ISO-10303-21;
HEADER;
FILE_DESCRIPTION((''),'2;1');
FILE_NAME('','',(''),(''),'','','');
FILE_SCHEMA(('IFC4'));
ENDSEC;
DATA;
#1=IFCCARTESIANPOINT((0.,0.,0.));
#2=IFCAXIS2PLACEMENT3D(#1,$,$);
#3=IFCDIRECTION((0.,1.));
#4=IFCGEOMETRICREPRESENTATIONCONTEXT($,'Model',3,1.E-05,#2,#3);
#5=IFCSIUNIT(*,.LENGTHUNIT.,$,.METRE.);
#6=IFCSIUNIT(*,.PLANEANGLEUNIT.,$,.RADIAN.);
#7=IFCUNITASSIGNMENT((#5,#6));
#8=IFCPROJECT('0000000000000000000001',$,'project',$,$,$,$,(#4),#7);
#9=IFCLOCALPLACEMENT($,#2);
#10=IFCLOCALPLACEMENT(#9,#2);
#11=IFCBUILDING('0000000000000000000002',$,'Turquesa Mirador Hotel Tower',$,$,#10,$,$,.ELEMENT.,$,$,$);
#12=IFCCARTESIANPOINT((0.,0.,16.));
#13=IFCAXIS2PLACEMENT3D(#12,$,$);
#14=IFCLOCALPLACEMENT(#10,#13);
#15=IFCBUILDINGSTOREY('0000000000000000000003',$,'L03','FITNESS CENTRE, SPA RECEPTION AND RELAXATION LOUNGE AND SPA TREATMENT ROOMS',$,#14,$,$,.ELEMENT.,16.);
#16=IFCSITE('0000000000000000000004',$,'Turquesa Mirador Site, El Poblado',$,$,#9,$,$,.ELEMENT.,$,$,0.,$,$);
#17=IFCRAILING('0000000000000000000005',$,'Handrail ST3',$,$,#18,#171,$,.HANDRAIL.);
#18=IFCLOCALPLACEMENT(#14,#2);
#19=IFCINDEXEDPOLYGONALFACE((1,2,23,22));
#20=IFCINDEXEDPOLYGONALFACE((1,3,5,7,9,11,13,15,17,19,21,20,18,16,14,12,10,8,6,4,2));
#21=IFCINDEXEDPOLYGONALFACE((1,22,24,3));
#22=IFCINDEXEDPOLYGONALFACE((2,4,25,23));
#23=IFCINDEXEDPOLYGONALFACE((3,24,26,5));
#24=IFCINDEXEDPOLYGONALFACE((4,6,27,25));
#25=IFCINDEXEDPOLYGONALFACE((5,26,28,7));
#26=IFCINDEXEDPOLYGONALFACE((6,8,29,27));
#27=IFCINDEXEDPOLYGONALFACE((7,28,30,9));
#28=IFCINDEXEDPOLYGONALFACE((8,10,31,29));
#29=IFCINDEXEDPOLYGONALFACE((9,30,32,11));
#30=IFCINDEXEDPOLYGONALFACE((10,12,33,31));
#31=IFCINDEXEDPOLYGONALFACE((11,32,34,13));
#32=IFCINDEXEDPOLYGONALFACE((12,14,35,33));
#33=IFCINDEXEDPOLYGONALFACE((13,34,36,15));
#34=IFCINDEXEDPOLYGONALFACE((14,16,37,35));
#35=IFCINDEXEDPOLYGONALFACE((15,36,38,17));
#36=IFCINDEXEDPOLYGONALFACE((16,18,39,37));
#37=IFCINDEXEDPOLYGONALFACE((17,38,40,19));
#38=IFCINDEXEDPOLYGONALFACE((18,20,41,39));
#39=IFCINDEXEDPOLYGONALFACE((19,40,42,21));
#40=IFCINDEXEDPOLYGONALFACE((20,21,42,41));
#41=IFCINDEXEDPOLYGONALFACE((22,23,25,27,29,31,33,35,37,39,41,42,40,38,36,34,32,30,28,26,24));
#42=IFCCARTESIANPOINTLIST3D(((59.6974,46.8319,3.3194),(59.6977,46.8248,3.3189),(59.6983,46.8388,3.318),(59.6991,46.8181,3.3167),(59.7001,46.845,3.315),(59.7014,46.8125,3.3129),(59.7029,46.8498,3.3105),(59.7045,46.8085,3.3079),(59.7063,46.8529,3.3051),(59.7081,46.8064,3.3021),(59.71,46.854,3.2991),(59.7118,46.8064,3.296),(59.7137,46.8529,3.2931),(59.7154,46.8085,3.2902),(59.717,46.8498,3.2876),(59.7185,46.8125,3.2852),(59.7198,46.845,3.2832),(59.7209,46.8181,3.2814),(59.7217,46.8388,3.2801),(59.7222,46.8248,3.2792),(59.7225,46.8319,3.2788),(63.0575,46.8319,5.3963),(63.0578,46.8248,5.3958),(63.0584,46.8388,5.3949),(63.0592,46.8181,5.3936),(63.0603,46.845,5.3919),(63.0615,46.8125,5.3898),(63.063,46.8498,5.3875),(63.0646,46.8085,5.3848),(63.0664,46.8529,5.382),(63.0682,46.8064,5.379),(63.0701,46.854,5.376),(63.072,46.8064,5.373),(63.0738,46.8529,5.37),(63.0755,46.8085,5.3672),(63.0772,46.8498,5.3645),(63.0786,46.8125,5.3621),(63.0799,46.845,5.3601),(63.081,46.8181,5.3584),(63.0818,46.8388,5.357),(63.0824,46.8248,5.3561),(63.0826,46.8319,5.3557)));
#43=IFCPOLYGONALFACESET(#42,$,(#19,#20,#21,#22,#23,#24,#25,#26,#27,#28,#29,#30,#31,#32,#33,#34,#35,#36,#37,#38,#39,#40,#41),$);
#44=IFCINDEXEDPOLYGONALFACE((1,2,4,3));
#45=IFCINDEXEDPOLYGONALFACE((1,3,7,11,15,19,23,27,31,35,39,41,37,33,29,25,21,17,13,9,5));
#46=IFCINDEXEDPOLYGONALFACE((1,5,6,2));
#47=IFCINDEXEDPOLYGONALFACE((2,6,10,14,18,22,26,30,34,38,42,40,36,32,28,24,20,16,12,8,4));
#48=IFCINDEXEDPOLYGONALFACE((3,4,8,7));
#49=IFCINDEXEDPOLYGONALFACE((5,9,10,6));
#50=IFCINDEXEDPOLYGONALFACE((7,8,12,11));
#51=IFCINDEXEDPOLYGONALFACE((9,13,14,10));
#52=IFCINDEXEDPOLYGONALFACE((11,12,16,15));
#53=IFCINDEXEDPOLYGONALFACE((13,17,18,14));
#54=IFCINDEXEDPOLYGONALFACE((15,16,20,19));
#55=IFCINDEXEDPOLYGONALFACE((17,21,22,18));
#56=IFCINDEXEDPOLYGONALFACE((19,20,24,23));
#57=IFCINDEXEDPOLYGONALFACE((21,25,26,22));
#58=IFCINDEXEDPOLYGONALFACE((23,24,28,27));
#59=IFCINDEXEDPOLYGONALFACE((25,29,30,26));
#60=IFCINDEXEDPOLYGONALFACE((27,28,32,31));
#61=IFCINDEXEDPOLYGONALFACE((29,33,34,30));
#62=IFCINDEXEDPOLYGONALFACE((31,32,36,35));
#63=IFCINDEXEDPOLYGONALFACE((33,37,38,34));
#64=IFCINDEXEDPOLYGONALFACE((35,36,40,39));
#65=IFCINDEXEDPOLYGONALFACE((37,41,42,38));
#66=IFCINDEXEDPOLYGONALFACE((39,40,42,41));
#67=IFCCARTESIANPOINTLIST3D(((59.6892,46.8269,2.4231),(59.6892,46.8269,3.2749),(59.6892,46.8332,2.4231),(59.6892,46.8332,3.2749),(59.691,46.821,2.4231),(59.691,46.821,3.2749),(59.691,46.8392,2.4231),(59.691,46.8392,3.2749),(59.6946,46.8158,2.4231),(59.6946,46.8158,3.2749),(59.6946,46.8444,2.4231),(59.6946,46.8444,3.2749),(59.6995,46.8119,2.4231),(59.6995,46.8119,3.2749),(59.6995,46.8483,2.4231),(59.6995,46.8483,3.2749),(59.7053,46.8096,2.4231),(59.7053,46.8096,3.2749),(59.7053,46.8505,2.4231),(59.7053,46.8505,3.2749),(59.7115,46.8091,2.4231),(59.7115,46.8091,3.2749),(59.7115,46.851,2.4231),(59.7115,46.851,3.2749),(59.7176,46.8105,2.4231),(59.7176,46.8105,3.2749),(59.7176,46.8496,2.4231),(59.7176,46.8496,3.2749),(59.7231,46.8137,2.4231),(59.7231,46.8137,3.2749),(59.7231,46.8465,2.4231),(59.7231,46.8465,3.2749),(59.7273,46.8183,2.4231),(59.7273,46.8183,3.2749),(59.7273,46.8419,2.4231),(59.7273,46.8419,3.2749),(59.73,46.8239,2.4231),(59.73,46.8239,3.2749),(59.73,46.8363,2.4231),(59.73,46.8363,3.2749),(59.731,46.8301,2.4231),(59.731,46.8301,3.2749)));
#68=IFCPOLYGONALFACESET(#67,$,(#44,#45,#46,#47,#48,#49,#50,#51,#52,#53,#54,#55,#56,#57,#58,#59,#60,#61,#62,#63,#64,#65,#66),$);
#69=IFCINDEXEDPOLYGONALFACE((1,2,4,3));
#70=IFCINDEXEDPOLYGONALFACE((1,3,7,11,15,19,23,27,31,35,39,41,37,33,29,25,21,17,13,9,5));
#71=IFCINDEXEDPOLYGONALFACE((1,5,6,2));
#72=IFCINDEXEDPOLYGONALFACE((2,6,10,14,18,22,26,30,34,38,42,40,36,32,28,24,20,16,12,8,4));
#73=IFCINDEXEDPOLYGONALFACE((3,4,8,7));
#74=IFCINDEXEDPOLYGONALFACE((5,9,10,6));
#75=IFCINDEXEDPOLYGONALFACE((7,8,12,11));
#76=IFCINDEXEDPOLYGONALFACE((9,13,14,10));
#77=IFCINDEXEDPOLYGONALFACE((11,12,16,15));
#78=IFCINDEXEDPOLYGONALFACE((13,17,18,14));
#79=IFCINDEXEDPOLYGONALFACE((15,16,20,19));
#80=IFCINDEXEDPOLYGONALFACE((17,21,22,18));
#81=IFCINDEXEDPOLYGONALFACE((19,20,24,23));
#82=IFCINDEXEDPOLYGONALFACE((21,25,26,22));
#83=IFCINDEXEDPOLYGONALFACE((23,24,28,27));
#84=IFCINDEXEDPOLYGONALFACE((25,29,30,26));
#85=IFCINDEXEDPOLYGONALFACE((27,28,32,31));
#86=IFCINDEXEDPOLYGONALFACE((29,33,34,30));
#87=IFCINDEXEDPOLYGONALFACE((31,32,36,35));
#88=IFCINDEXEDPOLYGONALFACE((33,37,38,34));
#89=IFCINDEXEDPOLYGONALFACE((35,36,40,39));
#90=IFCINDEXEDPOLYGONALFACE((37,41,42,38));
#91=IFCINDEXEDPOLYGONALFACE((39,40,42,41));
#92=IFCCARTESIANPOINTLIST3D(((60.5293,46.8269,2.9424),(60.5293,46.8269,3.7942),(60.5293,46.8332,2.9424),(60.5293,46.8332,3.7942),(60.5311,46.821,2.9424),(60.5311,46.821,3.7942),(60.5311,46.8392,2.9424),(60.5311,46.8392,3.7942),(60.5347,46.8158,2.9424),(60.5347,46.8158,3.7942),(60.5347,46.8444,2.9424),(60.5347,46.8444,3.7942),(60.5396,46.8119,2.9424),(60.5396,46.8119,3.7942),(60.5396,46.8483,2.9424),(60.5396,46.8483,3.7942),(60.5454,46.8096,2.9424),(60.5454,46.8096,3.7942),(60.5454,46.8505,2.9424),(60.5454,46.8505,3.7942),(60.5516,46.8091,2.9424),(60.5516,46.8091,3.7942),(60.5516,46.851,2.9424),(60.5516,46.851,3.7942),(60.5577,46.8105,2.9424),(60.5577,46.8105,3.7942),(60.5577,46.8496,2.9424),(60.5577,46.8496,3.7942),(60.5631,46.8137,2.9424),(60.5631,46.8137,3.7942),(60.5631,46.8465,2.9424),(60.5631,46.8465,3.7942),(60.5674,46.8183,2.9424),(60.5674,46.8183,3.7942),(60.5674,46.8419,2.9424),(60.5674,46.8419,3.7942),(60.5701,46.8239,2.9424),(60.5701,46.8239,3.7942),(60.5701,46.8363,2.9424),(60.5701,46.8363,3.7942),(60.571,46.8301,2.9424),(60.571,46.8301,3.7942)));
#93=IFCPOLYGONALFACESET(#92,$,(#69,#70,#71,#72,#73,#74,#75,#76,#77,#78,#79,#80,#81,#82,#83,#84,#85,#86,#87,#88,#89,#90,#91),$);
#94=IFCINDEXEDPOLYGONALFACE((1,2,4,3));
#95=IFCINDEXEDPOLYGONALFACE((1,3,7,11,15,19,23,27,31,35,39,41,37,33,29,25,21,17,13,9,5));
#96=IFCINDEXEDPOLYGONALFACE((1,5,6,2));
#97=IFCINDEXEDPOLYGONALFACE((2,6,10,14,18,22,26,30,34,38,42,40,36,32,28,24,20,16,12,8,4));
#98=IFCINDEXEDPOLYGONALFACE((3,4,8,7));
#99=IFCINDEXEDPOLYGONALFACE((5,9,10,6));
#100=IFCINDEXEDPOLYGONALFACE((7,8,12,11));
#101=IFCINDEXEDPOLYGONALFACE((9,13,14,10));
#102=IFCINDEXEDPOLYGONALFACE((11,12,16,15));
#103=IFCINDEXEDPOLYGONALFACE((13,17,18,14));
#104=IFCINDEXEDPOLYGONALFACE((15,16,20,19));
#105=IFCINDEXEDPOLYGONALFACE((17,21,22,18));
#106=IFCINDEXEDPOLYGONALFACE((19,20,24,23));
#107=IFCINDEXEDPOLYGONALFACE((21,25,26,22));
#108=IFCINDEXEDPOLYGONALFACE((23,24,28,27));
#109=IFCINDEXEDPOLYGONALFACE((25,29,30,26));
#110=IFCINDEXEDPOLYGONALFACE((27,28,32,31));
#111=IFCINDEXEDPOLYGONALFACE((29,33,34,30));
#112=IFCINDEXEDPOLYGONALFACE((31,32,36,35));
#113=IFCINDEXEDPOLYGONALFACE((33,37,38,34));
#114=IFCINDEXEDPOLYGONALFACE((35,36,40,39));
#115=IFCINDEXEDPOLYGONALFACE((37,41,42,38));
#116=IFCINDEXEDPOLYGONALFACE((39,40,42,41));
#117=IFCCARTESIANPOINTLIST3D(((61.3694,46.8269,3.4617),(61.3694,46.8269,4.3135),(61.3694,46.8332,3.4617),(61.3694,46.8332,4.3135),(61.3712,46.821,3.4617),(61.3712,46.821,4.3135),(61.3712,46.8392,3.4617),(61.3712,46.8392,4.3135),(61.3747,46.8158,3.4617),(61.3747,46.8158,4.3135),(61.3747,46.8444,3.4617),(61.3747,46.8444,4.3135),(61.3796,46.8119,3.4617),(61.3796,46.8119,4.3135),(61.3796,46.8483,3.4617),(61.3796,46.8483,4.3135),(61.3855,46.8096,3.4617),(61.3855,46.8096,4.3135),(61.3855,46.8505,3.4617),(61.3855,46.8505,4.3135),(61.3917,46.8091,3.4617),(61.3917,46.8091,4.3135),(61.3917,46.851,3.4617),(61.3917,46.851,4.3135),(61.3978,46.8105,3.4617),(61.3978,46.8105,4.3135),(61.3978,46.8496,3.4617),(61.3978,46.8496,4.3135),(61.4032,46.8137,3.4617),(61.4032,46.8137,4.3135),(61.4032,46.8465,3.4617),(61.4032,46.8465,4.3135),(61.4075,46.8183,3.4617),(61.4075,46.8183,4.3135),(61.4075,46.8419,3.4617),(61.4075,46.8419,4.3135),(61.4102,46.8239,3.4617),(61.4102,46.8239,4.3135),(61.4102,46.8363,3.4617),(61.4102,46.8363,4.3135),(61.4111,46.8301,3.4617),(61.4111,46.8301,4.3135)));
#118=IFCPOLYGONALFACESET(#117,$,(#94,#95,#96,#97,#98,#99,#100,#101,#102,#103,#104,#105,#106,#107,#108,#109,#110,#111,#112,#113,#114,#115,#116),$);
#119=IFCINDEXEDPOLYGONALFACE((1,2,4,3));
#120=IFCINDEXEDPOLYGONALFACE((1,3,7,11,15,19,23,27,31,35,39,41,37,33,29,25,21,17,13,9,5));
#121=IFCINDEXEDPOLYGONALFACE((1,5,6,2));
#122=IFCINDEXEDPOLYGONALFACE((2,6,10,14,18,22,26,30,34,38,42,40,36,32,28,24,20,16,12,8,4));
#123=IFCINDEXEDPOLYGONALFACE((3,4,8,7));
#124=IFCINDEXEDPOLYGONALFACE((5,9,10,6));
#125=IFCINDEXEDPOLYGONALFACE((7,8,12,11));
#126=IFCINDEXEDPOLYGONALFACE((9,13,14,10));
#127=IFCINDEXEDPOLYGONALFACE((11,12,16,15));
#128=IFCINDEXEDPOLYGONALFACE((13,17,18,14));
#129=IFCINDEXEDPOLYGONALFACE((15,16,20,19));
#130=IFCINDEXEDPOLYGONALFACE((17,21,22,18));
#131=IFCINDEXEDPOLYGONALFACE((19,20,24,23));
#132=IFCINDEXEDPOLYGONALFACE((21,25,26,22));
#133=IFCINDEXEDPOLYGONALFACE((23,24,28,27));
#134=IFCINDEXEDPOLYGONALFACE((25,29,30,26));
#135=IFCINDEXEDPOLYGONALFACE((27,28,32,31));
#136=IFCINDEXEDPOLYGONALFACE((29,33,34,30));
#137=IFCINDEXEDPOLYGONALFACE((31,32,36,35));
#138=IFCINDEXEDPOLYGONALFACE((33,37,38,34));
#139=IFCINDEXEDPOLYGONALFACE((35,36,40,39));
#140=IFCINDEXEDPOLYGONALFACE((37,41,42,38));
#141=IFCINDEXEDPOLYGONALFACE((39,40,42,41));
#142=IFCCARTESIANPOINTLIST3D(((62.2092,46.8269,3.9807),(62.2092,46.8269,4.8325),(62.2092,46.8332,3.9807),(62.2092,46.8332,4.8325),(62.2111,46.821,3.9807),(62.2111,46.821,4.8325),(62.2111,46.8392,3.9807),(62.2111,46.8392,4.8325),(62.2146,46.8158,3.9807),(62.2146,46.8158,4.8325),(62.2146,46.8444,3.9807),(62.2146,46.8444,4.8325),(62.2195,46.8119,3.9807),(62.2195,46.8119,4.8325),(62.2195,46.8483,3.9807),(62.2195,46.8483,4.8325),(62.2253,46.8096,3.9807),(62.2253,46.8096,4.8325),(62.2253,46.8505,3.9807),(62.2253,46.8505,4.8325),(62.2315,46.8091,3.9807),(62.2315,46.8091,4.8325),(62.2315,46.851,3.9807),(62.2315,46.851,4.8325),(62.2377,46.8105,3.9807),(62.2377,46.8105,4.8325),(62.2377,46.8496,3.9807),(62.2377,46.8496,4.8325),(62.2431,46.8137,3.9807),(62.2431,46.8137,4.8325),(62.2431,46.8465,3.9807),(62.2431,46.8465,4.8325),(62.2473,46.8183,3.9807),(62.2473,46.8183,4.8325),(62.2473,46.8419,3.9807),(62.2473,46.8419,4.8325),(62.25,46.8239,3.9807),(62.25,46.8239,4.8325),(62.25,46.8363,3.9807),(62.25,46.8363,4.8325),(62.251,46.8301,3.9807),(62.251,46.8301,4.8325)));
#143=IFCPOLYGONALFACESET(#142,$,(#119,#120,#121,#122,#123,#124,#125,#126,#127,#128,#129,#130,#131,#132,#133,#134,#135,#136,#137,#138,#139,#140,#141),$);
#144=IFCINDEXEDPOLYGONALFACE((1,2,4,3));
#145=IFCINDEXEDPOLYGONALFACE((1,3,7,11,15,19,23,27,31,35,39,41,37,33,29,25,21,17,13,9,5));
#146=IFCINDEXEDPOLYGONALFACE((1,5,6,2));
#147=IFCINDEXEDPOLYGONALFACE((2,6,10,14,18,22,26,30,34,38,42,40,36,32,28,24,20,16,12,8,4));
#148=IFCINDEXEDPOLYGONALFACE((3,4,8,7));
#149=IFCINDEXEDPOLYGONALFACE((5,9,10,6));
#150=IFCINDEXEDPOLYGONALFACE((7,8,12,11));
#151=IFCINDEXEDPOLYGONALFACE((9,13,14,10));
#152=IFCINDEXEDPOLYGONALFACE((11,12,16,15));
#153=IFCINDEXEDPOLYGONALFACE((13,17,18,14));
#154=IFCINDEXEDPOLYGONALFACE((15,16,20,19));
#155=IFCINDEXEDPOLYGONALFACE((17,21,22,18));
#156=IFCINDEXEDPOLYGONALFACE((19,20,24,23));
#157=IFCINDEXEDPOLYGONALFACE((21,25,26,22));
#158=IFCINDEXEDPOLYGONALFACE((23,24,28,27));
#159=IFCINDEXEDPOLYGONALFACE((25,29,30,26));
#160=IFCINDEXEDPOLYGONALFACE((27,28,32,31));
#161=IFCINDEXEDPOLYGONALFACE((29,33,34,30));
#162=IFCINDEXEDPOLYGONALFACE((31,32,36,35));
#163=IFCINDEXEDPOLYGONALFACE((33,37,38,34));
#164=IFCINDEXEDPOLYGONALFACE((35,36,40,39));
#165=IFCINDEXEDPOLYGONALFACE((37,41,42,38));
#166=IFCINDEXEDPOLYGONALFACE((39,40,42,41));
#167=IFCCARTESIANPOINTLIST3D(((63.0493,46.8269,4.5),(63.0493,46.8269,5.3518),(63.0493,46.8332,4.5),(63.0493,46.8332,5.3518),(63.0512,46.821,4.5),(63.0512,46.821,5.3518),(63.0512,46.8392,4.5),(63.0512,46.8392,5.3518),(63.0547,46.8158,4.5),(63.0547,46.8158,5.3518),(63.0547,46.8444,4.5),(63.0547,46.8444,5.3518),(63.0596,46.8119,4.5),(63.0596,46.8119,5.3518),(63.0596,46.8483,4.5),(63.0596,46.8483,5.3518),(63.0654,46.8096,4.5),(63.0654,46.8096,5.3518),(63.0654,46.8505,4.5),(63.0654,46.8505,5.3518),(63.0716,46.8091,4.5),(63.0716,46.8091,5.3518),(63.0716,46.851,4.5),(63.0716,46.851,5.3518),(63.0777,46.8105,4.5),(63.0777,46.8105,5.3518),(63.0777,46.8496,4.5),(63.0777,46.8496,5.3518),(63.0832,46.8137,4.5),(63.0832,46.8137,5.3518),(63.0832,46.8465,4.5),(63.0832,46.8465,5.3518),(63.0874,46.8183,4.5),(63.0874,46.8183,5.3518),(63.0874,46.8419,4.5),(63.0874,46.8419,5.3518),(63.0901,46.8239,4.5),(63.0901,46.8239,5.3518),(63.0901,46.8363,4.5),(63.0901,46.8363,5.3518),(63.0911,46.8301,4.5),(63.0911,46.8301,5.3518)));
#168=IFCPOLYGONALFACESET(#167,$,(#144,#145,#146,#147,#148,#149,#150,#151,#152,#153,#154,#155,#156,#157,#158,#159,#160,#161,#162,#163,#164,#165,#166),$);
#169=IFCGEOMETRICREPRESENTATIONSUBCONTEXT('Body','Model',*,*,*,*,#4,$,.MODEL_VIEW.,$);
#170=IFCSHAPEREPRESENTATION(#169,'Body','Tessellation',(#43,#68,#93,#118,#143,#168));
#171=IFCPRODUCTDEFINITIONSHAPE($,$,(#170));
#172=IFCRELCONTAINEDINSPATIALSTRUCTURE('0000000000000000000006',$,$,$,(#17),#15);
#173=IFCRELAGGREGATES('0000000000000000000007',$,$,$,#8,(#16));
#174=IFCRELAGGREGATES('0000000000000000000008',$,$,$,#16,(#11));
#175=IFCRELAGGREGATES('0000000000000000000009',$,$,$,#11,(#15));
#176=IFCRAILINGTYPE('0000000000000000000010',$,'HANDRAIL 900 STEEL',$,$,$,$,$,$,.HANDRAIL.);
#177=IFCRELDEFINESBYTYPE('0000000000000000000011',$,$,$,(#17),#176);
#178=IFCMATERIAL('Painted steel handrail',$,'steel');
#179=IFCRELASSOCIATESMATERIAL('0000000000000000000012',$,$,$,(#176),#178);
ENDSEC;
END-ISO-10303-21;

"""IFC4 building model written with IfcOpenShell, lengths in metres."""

from ifc_helpers import new_model, si_unit, direction, frame, origin, origin_2d, place, context, subcontext, project, spatial, circle, extrude, material, type_object, element, save


model = new_model("IFC4")

# Units and contexts
model_context = context("Model", 3, precision=1e-05, world=origin(), true_north=direction((0.0, 1.0)))
body_context = subcontext(model_context, "Body", "Model", "MODEL_VIEW")
ifc_project = project(units=[si_unit("LENGTHUNIT", "METRE"), si_unit("PLANEANGLEUNIT", "RADIAN")], contexts=[model_context])

# Site, building, storey
site_placement = place(None, origin())
site = spatial("IfcSite", under=ifc_project, at=site_placement, Name="Turquesa Mirador Site, El Poblado", CompositionType="ELEMENT", RefElevation=0.0)
building_placement = place(site_placement, origin())
building = spatial("IfcBuilding", under=site, at=building_placement, Name="Turquesa Mirador Hotel Tower", CompositionType="ELEMENT")
storey_placement = place(building_placement, frame((0.0, 0.0, 16.0)))
storey = spatial("IfcBuildingStorey", under=building, at=storey_placement, Name="L03", Description="FITNESS CENTRE, SPA RECEPTION AND RELAXATION LOUNGE AND SPA TREATMENT ROOMS", CompositionType="ELEMENT", Elevation=16.0)

# Railing
ifc_material_1 = material(Name="Painted steel handrail", Category="steel")
railing_type = type_object("IfcRailingType", Name="HANDRAIL 900 STEEL", PredefinedType="HANDRAIL", material=ifc_material_1)
railing_placement = place(storey_placement, frame((59.71, 46.8301, 2.4231)))
element("IfcRailing", 1, at=railing_placement, inside=storey, type_object=railing_type, Name="Handrail ST3", PredefinedType="HANDRAIL", context=body_context, shape_type="SweptSolid", body=[
    extrude(circle(Radius=0.0239, at=origin_2d()), frame((0.0, 0.0, 0.876), z_axis=(0.850623, 0.0, 0.525776), x_axis=(0.0, 1.0, 0.0)), (0.0, 0.0, 1.0), 3.9502),
    extrude(circle(Radius=0.021, at=origin_2d()), origin(), (0.0, 0.0, 1.0), 0.8518),
    extrude(circle(Radius=0.021, at=origin_2d()), frame((0.8401, 0.0, 0.5193)), (0.0, 0.0, 1.0), 0.8518),
    extrude(circle(Radius=0.021, at=origin_2d()), frame((1.6802, 0.0, 1.0386)), (0.0, 0.0, 1.0), 0.8518),
    extrude(circle(Radius=0.021, at=origin_2d()), frame((2.52, 0.0, 1.5576)), (0.0, 0.0, 1.0), 0.8518),
    extrude(circle(Radius=0.021, at=origin_2d()), frame((3.3601, 0.0, 2.0769)), (0.0, 0.0, 1.0), 0.8518),
])

save(model, "model.ifc")
